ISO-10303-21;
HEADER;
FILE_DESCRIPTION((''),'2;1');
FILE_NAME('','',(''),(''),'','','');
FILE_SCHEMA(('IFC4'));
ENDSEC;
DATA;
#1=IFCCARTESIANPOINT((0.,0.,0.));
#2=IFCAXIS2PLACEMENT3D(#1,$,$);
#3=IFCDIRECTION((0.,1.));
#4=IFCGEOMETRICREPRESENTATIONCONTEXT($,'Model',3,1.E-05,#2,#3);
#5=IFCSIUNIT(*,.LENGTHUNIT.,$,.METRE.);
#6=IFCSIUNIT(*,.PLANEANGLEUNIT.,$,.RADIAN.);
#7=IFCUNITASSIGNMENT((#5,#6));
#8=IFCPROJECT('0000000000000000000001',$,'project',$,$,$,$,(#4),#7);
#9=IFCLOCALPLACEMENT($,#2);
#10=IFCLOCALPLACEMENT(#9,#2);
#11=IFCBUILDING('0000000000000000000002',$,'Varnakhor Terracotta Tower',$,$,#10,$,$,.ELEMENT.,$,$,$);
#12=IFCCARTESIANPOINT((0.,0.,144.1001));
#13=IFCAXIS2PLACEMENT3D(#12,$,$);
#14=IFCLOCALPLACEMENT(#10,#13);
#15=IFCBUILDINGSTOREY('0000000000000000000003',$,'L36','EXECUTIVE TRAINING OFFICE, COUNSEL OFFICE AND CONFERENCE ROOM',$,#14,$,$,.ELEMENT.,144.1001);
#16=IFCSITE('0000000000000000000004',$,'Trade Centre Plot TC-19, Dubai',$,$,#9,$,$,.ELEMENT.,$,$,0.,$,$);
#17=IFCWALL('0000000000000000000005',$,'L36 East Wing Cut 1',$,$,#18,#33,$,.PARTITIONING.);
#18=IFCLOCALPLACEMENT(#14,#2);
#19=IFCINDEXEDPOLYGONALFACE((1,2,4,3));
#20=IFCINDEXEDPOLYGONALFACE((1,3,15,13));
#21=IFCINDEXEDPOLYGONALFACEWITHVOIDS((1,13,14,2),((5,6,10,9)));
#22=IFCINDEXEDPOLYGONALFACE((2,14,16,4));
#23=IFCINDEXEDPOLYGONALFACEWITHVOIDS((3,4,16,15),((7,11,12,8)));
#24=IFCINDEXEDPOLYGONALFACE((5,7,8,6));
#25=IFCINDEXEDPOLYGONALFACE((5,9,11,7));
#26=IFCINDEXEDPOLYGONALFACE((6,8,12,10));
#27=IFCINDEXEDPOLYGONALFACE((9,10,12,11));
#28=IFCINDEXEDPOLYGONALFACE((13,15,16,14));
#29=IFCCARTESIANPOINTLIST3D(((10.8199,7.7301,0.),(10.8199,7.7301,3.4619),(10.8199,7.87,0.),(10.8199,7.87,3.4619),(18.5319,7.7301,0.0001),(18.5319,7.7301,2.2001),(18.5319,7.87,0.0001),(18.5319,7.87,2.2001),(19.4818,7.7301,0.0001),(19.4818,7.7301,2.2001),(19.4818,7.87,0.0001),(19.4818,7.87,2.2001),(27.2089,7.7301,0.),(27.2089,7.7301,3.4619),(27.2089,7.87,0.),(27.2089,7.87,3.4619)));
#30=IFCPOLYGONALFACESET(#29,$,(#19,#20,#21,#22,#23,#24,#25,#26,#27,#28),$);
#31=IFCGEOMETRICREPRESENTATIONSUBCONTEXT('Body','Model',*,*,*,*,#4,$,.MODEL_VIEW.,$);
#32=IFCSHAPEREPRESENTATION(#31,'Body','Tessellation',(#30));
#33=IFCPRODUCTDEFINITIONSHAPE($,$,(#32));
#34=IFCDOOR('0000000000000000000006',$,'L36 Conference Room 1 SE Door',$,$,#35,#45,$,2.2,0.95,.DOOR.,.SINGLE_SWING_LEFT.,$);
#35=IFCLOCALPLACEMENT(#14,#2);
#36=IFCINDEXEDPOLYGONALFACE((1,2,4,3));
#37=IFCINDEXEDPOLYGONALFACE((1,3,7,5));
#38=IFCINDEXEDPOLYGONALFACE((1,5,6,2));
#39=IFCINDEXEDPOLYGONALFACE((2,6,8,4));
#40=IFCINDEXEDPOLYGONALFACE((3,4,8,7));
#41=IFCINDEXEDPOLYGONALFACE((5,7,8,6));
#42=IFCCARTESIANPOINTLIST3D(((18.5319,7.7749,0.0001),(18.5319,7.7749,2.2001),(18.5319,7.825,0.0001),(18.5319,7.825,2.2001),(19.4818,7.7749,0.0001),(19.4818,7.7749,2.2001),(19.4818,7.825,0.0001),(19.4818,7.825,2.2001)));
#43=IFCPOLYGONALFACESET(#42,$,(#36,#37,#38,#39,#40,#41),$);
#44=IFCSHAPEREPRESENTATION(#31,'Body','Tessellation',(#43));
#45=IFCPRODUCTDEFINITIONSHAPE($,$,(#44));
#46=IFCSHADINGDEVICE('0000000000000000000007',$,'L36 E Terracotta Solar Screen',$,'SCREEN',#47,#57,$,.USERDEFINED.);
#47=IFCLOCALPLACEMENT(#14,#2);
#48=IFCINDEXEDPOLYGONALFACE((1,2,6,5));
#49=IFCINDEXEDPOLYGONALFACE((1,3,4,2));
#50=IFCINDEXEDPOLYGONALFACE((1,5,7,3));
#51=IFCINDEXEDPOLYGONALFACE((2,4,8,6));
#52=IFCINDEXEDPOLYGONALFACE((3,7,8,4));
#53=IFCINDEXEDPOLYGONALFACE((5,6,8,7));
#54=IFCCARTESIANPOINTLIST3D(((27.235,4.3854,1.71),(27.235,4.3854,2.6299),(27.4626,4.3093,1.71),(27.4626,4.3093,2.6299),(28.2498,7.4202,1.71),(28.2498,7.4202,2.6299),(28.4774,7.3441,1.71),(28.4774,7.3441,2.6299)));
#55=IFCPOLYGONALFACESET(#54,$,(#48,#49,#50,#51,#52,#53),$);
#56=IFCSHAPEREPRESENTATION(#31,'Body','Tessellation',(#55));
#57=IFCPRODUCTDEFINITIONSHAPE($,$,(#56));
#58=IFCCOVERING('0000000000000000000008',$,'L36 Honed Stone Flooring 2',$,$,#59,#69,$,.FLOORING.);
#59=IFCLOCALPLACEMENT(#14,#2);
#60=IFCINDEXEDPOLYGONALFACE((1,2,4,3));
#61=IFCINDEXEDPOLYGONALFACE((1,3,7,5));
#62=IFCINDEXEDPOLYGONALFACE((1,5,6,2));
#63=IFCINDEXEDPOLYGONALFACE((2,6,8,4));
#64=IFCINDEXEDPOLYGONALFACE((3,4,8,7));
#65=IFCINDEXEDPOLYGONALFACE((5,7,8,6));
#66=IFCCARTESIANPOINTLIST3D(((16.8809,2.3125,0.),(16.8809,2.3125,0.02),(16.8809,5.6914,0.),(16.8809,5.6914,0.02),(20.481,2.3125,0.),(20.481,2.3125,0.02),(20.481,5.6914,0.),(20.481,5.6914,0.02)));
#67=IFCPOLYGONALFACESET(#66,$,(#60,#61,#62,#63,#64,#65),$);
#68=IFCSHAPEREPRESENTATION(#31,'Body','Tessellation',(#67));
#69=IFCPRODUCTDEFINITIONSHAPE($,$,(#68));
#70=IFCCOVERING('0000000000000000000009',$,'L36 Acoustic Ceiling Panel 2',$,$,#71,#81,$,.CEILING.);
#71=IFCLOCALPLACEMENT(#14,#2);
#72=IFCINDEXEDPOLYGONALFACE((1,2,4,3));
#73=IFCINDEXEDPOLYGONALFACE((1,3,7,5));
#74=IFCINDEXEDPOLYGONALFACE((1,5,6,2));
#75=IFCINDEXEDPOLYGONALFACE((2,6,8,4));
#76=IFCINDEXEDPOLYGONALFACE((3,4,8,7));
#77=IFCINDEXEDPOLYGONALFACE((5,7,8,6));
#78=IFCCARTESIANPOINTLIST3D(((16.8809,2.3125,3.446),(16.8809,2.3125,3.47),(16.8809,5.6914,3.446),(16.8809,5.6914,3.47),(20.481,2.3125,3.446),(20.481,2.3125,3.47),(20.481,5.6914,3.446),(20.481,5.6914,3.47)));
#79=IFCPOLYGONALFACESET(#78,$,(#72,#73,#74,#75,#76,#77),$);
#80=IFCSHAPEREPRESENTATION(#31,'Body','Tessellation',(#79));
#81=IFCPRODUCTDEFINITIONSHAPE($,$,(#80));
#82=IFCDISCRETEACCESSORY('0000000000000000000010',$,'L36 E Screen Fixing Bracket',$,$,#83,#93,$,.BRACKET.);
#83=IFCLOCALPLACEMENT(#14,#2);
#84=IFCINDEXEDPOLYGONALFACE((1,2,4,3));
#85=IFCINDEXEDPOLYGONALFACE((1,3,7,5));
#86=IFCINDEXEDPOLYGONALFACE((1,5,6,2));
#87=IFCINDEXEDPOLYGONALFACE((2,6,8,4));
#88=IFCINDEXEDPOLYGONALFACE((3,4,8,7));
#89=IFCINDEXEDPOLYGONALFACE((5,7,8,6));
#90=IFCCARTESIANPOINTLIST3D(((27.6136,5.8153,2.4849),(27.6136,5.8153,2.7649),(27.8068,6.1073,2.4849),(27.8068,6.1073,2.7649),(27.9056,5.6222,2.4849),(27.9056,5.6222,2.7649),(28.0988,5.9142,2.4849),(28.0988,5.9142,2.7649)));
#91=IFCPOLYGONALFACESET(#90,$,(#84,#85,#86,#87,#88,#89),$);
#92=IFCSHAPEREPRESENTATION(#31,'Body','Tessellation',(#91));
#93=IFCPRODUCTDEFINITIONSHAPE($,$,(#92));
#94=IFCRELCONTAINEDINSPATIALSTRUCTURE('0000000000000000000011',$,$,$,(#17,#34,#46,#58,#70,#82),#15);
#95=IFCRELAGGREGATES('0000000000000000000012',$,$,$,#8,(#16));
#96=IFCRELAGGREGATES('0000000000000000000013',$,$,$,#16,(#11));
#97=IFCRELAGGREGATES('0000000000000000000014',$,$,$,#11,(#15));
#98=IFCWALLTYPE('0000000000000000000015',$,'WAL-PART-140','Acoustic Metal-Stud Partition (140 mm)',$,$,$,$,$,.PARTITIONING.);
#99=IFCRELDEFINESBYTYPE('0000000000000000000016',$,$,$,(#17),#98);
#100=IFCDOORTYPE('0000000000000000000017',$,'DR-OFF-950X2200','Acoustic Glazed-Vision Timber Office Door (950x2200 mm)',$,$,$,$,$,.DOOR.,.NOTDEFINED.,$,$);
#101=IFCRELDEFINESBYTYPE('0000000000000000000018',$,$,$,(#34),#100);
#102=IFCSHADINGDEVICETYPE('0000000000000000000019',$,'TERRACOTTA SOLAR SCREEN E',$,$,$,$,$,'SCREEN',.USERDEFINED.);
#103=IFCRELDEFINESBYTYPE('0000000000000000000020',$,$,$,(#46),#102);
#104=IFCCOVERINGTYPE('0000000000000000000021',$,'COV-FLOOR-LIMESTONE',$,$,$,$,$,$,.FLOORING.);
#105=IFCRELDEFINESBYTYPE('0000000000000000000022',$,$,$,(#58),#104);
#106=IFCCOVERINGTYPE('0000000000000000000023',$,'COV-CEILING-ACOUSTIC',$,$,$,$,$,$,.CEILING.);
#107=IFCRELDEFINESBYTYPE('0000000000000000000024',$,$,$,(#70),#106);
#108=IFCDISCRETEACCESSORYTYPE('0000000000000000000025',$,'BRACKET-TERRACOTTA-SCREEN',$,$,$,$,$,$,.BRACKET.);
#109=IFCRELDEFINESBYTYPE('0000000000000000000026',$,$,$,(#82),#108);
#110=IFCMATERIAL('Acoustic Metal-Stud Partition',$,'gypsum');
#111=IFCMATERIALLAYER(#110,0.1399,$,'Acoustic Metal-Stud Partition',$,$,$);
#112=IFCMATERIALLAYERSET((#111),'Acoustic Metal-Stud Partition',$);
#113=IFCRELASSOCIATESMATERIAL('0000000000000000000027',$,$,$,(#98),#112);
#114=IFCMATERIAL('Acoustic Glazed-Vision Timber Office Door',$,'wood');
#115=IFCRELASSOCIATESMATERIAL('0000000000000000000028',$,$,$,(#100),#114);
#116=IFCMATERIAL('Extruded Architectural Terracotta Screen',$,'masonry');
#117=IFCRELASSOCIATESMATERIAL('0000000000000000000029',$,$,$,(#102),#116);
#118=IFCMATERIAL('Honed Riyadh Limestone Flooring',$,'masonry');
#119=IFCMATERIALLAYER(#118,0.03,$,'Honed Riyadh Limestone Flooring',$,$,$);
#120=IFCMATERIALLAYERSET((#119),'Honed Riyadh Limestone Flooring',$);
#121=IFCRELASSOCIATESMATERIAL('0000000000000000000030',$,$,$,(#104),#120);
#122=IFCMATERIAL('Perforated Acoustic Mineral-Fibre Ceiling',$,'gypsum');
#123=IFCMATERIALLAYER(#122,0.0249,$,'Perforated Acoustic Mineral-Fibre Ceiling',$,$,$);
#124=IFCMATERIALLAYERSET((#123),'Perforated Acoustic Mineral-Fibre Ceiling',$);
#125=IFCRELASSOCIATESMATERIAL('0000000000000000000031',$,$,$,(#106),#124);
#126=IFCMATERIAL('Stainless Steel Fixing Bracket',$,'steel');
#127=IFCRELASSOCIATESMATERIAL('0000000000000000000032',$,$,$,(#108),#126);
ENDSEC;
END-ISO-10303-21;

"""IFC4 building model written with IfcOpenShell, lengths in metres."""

from ifc_helpers import new_model, si_unit, direction, frame, frame_2d, origin, origin_2d, place, context, subcontext, project, spatial, rectangle, extrude, source, transform, mapped, material, layer, layer_set, type_object, type_shapes, element, fill, save


model = new_model("IFC4")

# Units and contexts
model_context = context("Model", 3, precision=1e-05, world=origin(), true_north=direction((0.0, 1.0)))
body_context = subcontext(model_context, "Body", "Model", "MODEL_VIEW")
ifc_project = project(units=[si_unit("LENGTHUNIT", "METRE"), si_unit("PLANEANGLEUNIT", "RADIAN")], contexts=[model_context])

# Site, building, storey
site_placement = place(None, origin())
site = spatial("IfcSite", under=ifc_project, at=site_placement, Name="Trade Centre Plot TC-19, Dubai", CompositionType="ELEMENT", RefElevation=0.0)
building_placement = place(site_placement, origin())
building = spatial("IfcBuilding", under=site, at=building_placement, Name="Varnakhor Terracotta Tower", CompositionType="ELEMENT")
storey_placement = place(building_placement, frame((0.0, 0.0, 144.1001)))
storey = spatial("IfcBuildingStorey", under=building, at=storey_placement, Name="L36", Description="EXECUTIVE TRAINING OFFICE, COUNSEL OFFICE AND CONFERENCE ROOM", CompositionType="ELEMENT", Elevation=144.1001)

# Wall, opening, door
ifc_material_1 = material(Name="Acoustic Metal-Stud Partition", Category="gypsum")
ifc_layer_1 = layer(ifc_material_1, 0.1399, Name="Acoustic Metal-Stud Partition")
ifc_layer_set_1 = layer_set([ifc_layer_1], Name="Acoustic Metal-Stud Partition")
wall_type_1 = type_object("IfcWallType", Name="WAL-PART-140", Description="Acoustic Metal-Stud Partition (140 mm)", PredefinedType="PARTITIONING", material=ifc_layer_set_1)
wall_1_placement = place(storey_placement, frame((10.8201, 7.8, 0.0), z_axis=(0.0, 0.0, 1.0), x_axis=(1.0, 0.0, 0.0)))
wall_1 = element("IfcWall", 1, at=wall_1_placement, inside=storey, type_object=wall_type_1, Name="L36 East Wing Cut 1", PredefinedType="PARTITIONING", context=body_context, shape_type="SweptSolid", body=[
    extrude(rectangle(XDim=16.3889, YDim=0.1399, at=frame_2d((8.1943, 0.0))), origin(), (0.0, 0.0, 1.0), 3.4619),
])
opening_placement = place(wall_1_placement, frame((7.7117, 0.0, 0.0)))
opening = element("IfcOpeningElement", 2, at=opening_placement, cuts=wall_1, PredefinedType="OPENING", context=body_context, shape_type="SweptSolid", body=[
    extrude(rectangle(XDim=0.95, YDim=2.2, at=frame_2d((0.4751, 1.1001))), frame((0.0, 0.0801, 0.0), z_axis=(0.0, -1.0, 0.0), x_axis=(1.0, 0.0, 0.0)), (0.0, 0.0, 1.0), 0.1599),
])
ifc_material_2 = material(Name="Acoustic Glazed-Vision Timber Office Door", Category="wood")
door_type = type_object("IfcDoorType", Name="DR-OFF-950X2200", Description="Acoustic Glazed-Vision Timber Office Door (950x2200 mm)", OperationType="NOTDEFINED", PredefinedType="DOOR", material=ifc_material_2)
shared_shape_1 = source(origin(), body_context, "Body", "SweptSolid", [
    extrude(rectangle(XDim=0.95, YDim=2.2, at=frame_2d((0.4751, 1.1001))), frame((0.0, 0.0249, 0.0), z_axis=(0.0, -1.0, 0.0), x_axis=(1.0, 0.0, 0.0)), (0.0, 0.0, 1.0), 0.05),
])
type_shapes(door_type, [shared_shape_1])
door_placement = place(opening_placement, origin())
door = element("IfcDoor", 3, at=door_placement, inside=storey, type_object=door_type, Name="L36 Conference Room 1 SE Door", OperationType="SINGLE_SWING_LEFT", OverallHeight=2.2, OverallWidth=0.95, PredefinedType="DOOR", context=body_context, shape_type="MappedRepresentation", body=[
    mapped(shared_shape_1, transform((0.0, 0.0, 0.0), scale=1.0)),
])
fill(opening, door)

# Shading device
ifc_material_3 = material(Name="Extruded Architectural Terracotta Screen", Category="masonry")
shading_device_type = type_object("IfcShadingDeviceType", Name="TERRACOTTA SOLAR SCREEN E", ElementType="SCREEN", PredefinedType="USERDEFINED", material=ifc_material_3)
shared_shape_2 = source(origin(), body_context, "Body", "SweptSolid", [
    extrude(rectangle(XDim=3.2, YDim=0.24, at=origin_2d()), origin(), (0.0, 0.0, 1.0), 0.9199),
])
type_shapes(shading_device_type, [shared_shape_2])
shading_device_placement = place(storey_placement, frame((27.8562, 5.8647, 1.71), z_axis=(0.0, 0.0, 1.0), x_axis=(0.317106, 0.94839, 0.0)))
element("IfcShadingDevice", 4, at=shading_device_placement, inside=storey, type_object=shading_device_type, Name="L36 E Terracotta Solar Screen", ObjectType="SCREEN", PredefinedType="USERDEFINED", context=body_context, shape_type="MappedRepresentation", body=[
    mapped(shared_shape_2, transform((0.0, 0.0, 0.0), scale=1.0)),
])

# Coverings
ifc_material_4 = material(Name="Honed Riyadh Limestone Flooring", Category="masonry")
ifc_layer_2 = layer(ifc_material_4, 0.03, Name="Honed Riyadh Limestone Flooring")
ifc_layer_set_2 = layer_set([ifc_layer_2], Name="Honed Riyadh Limestone Flooring")
covering_type_1 = type_object("IfcCoveringType", Name="COV-FLOOR-LIMESTONE", PredefinedType="FLOORING", material=ifc_layer_set_2)
shared_shape_3 = source(origin(), body_context, "Body", "SweptSolid", [
    extrude(rectangle(XDim=3.6001, YDim=3.3789, at=origin_2d()), origin(), (0.0, 0.0, 1.0), 0.02),
])
covering_1_placement = place(storey_placement, frame((18.6809, 4.002, 0.0), z_axis=(0.0, 0.0, 1.0), x_axis=(1.0, 0.0, 0.0)))
element("IfcCovering", 5, at=covering_1_placement, inside=storey, type_object=covering_type_1, Name="L36 Honed Stone Flooring 2", PredefinedType="FLOORING", context=body_context, shape_type="MappedRepresentation", body=[
    mapped(shared_shape_3, transform((0.0, 0.0, 0.0), scale=1.0)),
])
ifc_material_5 = material(Name="Perforated Acoustic Mineral-Fibre Ceiling", Category="gypsum")
ifc_layer_3 = layer(ifc_material_5, 0.0249, Name="Perforated Acoustic Mineral-Fibre Ceiling")
ifc_layer_set_3 = layer_set([ifc_layer_3], Name="Perforated Acoustic Mineral-Fibre Ceiling")
covering_type_2 = type_object("IfcCoveringType", Name="COV-CEILING-ACOUSTIC", PredefinedType="CEILING", material=ifc_layer_set_3)
shared_shape_4 = source(origin(), body_context, "Body", "SweptSolid", [
    extrude(rectangle(XDim=3.6001, YDim=3.3789, at=origin_2d()), origin(), (0.0, 0.0, 1.0), 0.0239),
])
covering_2_placement = place(storey_placement, frame((18.6809, 4.002, 3.446), z_axis=(0.0, 0.0, 1.0), x_axis=(1.0, 0.0, 0.0)))
element("IfcCovering", 6, at=covering_2_placement, inside=storey, type_object=covering_type_2, Name="L36 Acoustic Ceiling Panel 2", PredefinedType="CEILING", context=body_context, shape_type="MappedRepresentation", body=[
    mapped(shared_shape_4, transform((0.0, 0.0, 0.0), scale=1.0)),
])

# Discrete accessory
ifc_material_6 = material(Name="Stainless Steel Fixing Bracket", Category="steel")
discrete_accessory_type = type_object("IfcDiscreteAccessoryType", Name="BRACKET-TERRACOTTA-SCREEN", PredefinedType="BRACKET", material=ifc_material_6)
shared_shape_5 = source(origin(), body_context, "Body", "SweptSolid", [
    extrude(rectangle(XDim=0.3501, YDim=0.3501, at=origin_2d()), origin(), (0.0, 0.0, 1.0), 0.28),
])
type_shapes(discrete_accessory_type, [shared_shape_5])
discrete_accessory_placement = place(storey_placement, frame((27.8562, 5.8647, 2.4849), z_axis=(0.0, 0.0, 1.0), x_axis=(0.551762, 0.834001, 0.0)))
element("IfcDiscreteAccessory", 7, at=discrete_accessory_placement, inside=storey, type_object=discrete_accessory_type, Name="L36 E Screen Fixing Bracket", PredefinedType="BRACKET", context=body_context, shape_type="MappedRepresentation", body=[
    mapped(shared_shape_5, transform((0.0, 0.0, 0.0), scale=1.0)),
])

save(model, "model.ifc")
